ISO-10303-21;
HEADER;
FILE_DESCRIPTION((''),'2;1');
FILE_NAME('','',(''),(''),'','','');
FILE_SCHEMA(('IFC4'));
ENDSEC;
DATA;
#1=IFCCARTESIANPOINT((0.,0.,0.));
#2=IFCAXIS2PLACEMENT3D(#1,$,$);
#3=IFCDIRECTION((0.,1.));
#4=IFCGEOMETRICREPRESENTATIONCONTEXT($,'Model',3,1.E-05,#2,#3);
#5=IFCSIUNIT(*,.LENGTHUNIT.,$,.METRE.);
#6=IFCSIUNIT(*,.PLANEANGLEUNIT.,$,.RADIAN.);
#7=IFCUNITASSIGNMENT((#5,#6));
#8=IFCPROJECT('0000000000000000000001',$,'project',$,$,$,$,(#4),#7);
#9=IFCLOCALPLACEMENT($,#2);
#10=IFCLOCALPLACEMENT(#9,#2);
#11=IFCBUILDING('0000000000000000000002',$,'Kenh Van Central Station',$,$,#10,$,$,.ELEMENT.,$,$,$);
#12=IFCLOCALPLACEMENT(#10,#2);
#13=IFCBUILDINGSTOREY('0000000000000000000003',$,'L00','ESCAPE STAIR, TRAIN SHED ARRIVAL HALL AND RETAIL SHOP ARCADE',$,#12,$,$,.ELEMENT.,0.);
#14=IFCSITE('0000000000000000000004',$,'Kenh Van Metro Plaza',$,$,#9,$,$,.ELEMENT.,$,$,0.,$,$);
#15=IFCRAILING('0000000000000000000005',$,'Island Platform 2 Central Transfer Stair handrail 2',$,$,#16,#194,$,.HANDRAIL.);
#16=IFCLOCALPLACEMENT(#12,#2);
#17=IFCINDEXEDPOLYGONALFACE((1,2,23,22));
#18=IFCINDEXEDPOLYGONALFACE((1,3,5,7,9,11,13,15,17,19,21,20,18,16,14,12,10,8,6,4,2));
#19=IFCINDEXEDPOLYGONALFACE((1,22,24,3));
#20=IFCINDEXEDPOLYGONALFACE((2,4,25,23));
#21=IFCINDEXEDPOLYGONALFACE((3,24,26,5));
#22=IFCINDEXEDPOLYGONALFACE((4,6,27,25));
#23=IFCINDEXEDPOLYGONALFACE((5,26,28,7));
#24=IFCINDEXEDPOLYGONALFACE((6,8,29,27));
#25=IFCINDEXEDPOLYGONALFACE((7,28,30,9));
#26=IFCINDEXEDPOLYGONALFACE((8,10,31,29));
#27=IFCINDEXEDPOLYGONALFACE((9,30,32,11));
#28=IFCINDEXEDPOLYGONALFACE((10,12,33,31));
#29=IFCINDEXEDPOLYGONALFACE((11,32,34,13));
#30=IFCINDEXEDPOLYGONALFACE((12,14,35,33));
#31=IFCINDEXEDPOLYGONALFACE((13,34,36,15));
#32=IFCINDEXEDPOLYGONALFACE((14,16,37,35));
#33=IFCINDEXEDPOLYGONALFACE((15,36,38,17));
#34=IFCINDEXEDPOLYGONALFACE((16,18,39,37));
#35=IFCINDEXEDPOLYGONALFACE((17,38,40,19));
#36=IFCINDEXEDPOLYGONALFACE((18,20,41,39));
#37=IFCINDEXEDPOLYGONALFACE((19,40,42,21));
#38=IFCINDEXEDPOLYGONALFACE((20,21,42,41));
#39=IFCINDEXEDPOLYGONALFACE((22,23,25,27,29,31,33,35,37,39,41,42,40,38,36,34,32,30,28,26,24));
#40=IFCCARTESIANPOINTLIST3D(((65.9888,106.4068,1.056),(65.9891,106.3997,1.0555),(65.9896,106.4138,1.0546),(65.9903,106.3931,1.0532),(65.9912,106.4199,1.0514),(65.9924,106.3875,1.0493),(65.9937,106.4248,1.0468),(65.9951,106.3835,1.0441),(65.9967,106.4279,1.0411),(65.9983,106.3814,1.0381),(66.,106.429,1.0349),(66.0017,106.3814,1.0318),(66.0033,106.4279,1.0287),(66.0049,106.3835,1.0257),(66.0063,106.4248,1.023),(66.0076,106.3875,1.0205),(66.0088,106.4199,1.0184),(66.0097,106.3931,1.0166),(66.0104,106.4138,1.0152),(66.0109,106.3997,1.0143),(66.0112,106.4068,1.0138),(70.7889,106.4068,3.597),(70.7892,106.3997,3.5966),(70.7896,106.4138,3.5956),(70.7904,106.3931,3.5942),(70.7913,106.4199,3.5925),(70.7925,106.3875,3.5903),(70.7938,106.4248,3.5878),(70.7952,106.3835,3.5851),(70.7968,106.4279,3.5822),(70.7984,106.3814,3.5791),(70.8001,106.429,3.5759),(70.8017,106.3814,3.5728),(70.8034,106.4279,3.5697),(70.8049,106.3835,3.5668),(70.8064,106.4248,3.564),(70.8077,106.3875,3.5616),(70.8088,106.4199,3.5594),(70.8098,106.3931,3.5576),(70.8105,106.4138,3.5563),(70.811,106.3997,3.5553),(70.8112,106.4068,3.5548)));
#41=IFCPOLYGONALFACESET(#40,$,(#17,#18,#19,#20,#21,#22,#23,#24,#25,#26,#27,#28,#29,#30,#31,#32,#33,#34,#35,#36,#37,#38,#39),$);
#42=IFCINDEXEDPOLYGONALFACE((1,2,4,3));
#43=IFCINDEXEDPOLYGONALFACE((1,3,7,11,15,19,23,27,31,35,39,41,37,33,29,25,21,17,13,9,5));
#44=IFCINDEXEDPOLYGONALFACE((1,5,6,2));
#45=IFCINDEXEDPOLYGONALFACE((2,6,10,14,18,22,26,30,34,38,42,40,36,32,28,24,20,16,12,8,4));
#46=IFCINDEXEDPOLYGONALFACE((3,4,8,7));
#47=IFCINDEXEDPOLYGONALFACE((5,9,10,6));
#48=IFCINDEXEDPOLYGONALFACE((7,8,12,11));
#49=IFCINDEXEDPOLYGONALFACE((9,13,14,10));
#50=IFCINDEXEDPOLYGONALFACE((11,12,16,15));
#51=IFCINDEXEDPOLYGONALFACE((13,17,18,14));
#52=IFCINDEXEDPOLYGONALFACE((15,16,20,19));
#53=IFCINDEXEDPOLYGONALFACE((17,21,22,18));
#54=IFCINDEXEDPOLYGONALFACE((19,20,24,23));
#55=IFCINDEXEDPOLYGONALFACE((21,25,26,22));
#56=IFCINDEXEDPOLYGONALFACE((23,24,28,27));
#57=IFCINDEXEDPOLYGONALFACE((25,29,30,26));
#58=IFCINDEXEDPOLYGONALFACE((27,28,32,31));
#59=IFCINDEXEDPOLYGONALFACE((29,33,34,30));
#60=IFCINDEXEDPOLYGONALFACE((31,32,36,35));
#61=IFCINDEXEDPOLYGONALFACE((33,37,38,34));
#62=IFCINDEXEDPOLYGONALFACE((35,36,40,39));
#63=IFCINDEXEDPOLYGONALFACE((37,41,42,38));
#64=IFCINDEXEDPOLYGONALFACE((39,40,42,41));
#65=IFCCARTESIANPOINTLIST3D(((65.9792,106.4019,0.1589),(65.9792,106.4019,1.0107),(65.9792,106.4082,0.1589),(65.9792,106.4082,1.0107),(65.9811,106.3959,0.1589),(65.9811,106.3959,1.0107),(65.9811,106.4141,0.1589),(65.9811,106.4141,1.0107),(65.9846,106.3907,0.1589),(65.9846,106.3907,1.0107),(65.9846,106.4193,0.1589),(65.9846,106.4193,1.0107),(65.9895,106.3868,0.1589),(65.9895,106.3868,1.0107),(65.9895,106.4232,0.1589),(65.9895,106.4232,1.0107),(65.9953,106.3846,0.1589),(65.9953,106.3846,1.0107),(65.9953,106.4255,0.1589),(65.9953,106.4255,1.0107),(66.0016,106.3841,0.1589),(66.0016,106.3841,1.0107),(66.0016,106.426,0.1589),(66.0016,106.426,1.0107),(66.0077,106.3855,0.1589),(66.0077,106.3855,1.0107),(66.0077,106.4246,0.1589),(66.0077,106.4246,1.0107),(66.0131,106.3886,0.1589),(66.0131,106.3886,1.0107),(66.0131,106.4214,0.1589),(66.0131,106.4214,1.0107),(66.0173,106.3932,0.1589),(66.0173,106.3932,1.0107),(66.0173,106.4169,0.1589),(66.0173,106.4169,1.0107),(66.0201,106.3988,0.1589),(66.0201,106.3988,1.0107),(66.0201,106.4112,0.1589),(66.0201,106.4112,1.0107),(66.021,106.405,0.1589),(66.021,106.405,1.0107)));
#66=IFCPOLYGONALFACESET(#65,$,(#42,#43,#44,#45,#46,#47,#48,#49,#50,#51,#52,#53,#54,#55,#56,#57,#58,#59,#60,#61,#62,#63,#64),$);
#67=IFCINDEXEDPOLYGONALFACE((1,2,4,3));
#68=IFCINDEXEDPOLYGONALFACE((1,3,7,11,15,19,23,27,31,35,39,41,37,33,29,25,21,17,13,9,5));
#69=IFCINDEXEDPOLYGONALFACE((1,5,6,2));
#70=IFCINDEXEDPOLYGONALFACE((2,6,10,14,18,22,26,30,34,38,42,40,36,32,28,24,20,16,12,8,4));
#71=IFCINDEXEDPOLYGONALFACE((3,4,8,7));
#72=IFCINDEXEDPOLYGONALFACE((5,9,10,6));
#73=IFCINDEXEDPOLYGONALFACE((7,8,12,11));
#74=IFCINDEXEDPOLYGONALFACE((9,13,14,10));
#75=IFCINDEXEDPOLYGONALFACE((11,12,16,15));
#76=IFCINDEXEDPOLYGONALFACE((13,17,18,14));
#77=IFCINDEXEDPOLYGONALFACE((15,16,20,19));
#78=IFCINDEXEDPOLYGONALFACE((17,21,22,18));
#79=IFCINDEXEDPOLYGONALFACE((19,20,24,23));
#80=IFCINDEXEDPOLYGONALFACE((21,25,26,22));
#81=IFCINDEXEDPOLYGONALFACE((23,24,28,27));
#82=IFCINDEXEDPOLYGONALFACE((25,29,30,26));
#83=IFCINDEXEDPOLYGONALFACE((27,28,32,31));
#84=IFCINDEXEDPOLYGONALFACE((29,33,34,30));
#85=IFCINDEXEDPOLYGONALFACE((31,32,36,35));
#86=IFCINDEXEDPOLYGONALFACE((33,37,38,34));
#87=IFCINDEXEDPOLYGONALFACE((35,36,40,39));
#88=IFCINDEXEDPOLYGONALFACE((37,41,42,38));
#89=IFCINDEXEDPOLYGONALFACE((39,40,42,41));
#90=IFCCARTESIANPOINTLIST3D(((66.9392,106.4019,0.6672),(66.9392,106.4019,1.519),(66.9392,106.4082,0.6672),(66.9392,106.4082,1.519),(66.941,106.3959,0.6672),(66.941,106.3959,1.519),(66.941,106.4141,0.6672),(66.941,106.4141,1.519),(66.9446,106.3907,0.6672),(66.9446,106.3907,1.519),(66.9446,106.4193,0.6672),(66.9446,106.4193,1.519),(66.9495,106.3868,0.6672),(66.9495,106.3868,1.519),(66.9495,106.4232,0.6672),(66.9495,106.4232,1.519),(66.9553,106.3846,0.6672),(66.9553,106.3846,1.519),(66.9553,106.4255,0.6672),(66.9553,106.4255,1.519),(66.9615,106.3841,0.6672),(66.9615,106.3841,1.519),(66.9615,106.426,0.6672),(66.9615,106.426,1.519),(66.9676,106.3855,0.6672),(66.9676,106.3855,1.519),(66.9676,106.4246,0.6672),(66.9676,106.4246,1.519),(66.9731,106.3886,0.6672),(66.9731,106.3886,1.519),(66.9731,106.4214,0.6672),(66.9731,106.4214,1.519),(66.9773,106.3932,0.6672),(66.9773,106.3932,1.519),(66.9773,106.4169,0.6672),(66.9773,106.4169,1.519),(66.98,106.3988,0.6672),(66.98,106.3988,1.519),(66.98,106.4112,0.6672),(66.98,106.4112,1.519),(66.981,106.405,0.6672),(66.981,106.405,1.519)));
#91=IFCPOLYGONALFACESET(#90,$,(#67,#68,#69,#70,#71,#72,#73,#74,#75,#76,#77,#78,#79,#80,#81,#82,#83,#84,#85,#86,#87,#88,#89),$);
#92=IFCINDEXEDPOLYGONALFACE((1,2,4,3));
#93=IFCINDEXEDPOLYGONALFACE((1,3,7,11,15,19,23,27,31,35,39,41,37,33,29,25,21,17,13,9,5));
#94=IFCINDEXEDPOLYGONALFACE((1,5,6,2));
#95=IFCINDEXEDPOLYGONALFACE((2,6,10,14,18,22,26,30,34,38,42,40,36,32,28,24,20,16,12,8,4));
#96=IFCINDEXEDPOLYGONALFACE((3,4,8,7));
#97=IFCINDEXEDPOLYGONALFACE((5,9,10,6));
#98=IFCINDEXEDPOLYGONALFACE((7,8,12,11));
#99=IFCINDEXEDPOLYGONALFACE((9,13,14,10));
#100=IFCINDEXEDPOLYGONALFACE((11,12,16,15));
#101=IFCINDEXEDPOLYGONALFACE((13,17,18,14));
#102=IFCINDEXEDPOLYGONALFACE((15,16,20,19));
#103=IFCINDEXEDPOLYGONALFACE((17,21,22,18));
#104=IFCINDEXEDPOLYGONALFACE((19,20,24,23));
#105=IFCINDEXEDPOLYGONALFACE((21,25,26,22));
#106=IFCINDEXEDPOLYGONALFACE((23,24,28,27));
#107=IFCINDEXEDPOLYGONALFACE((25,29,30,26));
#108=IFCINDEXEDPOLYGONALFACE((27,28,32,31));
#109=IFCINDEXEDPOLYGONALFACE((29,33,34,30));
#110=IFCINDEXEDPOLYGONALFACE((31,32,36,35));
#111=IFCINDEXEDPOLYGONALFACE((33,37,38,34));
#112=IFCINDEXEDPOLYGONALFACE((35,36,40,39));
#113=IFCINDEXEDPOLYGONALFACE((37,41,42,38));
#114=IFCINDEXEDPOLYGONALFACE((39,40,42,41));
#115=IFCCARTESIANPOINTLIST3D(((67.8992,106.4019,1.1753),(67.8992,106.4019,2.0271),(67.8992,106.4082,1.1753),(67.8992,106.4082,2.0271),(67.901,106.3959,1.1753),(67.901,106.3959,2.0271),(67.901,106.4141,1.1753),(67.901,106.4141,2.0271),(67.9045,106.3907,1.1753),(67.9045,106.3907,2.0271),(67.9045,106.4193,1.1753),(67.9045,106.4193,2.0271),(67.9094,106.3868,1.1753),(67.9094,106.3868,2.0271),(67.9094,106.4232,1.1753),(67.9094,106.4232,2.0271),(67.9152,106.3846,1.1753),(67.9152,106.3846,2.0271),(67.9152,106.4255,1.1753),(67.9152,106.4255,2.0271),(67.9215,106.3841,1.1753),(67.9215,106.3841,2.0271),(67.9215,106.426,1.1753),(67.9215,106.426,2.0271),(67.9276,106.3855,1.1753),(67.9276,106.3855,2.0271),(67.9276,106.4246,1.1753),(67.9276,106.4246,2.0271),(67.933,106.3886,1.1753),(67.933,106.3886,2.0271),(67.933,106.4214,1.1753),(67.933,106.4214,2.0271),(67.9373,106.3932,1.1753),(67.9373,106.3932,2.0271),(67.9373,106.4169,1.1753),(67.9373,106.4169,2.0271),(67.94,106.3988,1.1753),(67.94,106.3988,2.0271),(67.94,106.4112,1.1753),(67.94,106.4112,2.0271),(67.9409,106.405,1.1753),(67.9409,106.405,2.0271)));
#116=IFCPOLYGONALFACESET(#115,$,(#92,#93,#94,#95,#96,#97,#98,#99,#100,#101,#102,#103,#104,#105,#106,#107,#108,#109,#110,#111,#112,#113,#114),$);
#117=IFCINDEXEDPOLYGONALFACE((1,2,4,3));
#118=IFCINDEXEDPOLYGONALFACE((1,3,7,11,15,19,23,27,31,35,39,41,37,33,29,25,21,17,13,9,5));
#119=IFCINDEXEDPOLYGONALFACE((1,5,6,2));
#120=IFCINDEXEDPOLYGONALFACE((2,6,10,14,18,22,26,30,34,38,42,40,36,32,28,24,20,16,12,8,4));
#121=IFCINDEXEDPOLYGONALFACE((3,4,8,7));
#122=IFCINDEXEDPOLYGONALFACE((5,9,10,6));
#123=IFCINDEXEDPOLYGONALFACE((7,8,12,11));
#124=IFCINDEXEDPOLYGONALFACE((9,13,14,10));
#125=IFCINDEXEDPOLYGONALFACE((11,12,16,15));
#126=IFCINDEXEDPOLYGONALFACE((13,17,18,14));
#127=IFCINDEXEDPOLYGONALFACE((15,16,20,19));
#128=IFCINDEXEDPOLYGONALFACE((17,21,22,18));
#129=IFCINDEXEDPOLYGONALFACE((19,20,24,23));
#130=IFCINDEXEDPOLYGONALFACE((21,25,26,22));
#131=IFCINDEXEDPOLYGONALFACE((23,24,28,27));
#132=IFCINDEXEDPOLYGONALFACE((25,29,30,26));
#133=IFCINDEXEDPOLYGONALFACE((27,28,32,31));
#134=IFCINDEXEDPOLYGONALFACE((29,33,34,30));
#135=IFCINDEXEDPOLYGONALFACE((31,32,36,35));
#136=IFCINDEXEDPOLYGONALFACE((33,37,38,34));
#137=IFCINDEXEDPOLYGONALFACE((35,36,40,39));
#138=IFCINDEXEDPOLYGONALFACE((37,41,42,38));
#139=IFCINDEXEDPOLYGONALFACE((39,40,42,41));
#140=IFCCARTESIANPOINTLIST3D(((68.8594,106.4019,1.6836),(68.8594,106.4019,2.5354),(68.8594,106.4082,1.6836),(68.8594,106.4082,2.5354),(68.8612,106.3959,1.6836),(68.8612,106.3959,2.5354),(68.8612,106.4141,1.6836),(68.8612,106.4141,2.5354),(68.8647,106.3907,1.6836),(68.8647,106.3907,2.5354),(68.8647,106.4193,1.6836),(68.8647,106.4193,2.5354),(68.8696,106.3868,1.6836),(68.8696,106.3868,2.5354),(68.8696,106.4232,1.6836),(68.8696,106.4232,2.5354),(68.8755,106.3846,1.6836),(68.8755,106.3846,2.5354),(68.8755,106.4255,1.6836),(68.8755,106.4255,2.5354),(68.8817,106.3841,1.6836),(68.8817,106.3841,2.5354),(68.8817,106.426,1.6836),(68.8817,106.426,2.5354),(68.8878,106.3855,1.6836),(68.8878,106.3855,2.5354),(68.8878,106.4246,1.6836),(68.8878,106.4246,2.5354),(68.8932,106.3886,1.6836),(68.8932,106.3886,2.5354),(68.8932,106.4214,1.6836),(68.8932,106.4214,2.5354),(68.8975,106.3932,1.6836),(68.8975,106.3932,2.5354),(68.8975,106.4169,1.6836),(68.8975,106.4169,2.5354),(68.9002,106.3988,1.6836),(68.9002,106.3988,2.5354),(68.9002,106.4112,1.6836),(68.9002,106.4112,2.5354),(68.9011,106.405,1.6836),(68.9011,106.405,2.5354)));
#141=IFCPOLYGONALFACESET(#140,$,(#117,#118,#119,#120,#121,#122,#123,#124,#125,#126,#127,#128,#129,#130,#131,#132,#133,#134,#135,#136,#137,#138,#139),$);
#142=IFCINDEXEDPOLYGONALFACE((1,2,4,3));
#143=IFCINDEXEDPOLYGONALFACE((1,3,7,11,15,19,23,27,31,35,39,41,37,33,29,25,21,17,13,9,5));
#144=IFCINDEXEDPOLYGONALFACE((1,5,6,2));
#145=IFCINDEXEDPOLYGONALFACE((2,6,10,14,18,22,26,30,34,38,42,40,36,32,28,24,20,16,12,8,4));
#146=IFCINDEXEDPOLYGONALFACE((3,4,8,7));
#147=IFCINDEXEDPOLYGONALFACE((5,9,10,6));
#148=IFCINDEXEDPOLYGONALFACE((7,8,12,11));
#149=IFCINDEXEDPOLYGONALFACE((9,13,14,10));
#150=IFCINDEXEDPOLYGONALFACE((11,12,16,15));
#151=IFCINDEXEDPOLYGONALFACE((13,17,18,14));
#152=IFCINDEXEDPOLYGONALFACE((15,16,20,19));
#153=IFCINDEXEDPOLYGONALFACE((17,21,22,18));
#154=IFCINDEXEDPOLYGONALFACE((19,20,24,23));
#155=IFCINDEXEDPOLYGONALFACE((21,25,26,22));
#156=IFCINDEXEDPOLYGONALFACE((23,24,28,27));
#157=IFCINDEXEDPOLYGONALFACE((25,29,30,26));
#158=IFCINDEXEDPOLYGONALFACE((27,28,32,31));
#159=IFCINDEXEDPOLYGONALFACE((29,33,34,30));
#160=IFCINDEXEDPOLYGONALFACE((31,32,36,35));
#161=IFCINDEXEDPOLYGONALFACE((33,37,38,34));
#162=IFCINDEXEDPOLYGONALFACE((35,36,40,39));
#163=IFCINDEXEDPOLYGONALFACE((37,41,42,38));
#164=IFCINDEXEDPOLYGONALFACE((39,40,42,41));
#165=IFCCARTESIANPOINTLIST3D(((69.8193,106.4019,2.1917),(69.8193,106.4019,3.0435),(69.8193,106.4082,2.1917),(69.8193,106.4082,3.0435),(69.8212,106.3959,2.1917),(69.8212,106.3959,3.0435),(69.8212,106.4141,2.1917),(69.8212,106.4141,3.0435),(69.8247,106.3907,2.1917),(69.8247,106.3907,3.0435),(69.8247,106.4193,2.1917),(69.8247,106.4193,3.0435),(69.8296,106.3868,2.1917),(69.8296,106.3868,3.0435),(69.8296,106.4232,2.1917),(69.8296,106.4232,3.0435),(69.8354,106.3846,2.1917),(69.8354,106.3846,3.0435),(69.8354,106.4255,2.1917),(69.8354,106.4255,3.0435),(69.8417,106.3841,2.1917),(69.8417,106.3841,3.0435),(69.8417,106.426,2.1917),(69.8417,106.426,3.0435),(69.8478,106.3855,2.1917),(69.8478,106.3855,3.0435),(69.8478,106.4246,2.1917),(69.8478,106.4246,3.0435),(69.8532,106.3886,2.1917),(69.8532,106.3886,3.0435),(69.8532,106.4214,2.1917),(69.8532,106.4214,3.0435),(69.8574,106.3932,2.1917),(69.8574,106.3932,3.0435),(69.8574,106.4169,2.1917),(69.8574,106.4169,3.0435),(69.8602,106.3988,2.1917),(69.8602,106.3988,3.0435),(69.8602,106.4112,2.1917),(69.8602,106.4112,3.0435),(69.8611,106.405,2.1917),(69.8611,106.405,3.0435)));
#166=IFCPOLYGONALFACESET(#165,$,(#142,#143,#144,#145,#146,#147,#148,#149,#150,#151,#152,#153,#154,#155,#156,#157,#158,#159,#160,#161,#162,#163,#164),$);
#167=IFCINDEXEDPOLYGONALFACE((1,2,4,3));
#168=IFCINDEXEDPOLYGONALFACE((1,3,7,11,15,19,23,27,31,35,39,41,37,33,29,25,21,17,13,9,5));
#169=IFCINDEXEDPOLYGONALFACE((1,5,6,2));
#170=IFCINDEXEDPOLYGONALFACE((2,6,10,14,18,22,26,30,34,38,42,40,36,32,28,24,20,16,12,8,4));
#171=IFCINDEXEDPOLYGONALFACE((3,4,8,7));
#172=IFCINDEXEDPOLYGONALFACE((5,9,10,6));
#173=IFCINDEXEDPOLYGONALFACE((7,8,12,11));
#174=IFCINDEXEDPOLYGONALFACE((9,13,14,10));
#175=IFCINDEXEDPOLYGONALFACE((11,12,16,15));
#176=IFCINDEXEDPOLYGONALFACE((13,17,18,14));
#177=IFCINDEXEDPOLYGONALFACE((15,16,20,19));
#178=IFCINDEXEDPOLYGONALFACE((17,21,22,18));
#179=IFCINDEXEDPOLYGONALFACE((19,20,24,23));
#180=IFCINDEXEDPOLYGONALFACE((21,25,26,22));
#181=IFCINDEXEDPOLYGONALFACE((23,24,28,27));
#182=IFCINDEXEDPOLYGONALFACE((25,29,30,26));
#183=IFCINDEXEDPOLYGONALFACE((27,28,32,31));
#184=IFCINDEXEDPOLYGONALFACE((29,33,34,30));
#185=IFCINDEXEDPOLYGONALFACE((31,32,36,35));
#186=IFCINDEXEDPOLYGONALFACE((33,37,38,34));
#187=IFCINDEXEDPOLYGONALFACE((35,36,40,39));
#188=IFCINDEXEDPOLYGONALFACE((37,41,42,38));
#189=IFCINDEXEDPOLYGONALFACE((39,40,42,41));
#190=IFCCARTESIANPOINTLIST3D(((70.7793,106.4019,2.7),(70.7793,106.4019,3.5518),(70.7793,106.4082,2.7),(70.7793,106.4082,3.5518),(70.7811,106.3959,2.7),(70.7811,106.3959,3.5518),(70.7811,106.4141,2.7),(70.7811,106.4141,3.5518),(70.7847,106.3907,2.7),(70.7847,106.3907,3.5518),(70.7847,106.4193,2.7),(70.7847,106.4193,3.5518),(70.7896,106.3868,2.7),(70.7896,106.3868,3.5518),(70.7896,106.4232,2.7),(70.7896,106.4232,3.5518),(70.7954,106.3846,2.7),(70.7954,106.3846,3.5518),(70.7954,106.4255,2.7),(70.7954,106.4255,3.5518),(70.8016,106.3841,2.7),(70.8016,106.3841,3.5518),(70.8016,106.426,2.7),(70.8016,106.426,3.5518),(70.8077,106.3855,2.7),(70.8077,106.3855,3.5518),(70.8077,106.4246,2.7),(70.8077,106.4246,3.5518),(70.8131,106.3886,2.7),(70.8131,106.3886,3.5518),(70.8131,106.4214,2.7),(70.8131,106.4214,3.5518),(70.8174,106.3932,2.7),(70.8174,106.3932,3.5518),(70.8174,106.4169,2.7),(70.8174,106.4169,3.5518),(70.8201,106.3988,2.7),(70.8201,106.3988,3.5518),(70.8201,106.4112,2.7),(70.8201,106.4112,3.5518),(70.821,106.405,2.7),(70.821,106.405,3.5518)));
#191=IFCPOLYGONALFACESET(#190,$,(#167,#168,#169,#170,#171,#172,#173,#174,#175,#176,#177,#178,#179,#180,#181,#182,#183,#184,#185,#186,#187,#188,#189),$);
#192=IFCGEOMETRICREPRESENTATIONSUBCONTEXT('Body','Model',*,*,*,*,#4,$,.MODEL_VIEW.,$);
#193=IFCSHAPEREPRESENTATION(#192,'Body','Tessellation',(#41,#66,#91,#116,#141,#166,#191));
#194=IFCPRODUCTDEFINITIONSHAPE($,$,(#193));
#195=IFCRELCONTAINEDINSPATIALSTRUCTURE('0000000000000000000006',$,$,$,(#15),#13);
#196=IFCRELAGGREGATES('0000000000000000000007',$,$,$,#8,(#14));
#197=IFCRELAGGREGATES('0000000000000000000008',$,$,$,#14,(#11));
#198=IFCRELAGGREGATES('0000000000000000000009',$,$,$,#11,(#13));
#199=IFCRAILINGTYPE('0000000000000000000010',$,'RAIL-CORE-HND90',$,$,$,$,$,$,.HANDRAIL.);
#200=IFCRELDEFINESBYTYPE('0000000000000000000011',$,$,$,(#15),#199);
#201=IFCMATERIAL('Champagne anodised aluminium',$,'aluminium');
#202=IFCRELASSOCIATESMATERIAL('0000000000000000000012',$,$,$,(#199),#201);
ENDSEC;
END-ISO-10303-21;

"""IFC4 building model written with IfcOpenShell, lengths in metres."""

from ifc_helpers import new_model, si_unit, direction, frame, origin, origin_2d, place, context, subcontext, project, spatial, circle, extrude, material, type_object, element, save


model = new_model("IFC4")

# Units and contexts
model_context = context("Model", 3, precision=1e-05, world=origin(), true_north=direction((0.0, 1.0)))
body_context = subcontext(model_context, "Body", "Model", "MODEL_VIEW")
ifc_project = project(units=[si_unit("LENGTHUNIT", "METRE"), si_unit("PLANEANGLEUNIT", "RADIAN")], contexts=[model_context])

# Site, building, storey
site_placement = place(None, origin())
site = spatial("IfcSite", under=ifc_project, at=site_placement, Name="Kenh Van Metro Plaza", CompositionType="ELEMENT", RefElevation=0.0)
building_placement = place(site_placement, origin())
building = spatial("IfcBuilding", under=site, at=building_placement, Name="Kenh Van Central Station", CompositionType="ELEMENT")
storey_placement = place(building_placement, origin())
storey = spatial("IfcBuildingStorey", under=building, at=storey_placement, Name="L00", Description="ESCAPE STAIR, TRAIN SHED ARRIVAL HALL AND RETAIL SHOP ARCADE", CompositionType="ELEMENT", Elevation=0.0)

# Shared definitions
ifc_material_1 = material(Name="Champagne anodised aluminium", Category="aluminium")

# Railing
railing_type_1 = type_object("IfcRailingType", Name="RAIL-CORE-HND90", PredefinedType="HANDRAIL", material=ifc_material_1)
railing_1_placement = place(storey_placement, frame((66.0, 106.405, 0.1589)))
element("IfcRailing", 1, at=railing_1_placement, inside=storey, type_object=railing_type_1, Name="Island Platform 2 Central Transfer Stair handrail 2", PredefinedType="HANDRAIL", context=body_context, shape_type="SweptSolid", body=[
    extrude(circle(Radius=0.0239, at=origin_2d()), frame((0.0, 0.0, 0.876), z_axis=(0.883802, 0.0, 0.467861), x_axis=(0.0, 1.0, 0.0)), (0.0, 0.0, 1.0), 5.4312),
    extrude(circle(Radius=0.021, at=origin_2d()), origin(), (0.0, 0.0, 1.0), 0.8518),
    extrude(circle(Radius=0.021, at=origin_2d()), frame((0.96, 0.0, 0.5083)), (0.0, 0.0, 1.0), 0.8518),
    extrude(circle(Radius=0.021, at=origin_2d()), frame((1.9199, 0.0, 1.0164)), (0.0, 0.0, 1.0), 0.8518),
    extrude(circle(Radius=0.021, at=origin_2d()), frame((2.8801, 0.0, 1.5247)), (0.0, 0.0, 1.0), 0.8518),
    extrude(circle(Radius=0.021, at=origin_2d()), frame((3.8401, 0.0, 2.0327)), (0.0, 0.0, 1.0), 0.8518),
    extrude(circle(Radius=0.021, at=origin_2d()), frame((4.8, 0.0, 2.541)), (0.0, 0.0, 1.0), 0.8518),
])

save(model, "model.ifc")
